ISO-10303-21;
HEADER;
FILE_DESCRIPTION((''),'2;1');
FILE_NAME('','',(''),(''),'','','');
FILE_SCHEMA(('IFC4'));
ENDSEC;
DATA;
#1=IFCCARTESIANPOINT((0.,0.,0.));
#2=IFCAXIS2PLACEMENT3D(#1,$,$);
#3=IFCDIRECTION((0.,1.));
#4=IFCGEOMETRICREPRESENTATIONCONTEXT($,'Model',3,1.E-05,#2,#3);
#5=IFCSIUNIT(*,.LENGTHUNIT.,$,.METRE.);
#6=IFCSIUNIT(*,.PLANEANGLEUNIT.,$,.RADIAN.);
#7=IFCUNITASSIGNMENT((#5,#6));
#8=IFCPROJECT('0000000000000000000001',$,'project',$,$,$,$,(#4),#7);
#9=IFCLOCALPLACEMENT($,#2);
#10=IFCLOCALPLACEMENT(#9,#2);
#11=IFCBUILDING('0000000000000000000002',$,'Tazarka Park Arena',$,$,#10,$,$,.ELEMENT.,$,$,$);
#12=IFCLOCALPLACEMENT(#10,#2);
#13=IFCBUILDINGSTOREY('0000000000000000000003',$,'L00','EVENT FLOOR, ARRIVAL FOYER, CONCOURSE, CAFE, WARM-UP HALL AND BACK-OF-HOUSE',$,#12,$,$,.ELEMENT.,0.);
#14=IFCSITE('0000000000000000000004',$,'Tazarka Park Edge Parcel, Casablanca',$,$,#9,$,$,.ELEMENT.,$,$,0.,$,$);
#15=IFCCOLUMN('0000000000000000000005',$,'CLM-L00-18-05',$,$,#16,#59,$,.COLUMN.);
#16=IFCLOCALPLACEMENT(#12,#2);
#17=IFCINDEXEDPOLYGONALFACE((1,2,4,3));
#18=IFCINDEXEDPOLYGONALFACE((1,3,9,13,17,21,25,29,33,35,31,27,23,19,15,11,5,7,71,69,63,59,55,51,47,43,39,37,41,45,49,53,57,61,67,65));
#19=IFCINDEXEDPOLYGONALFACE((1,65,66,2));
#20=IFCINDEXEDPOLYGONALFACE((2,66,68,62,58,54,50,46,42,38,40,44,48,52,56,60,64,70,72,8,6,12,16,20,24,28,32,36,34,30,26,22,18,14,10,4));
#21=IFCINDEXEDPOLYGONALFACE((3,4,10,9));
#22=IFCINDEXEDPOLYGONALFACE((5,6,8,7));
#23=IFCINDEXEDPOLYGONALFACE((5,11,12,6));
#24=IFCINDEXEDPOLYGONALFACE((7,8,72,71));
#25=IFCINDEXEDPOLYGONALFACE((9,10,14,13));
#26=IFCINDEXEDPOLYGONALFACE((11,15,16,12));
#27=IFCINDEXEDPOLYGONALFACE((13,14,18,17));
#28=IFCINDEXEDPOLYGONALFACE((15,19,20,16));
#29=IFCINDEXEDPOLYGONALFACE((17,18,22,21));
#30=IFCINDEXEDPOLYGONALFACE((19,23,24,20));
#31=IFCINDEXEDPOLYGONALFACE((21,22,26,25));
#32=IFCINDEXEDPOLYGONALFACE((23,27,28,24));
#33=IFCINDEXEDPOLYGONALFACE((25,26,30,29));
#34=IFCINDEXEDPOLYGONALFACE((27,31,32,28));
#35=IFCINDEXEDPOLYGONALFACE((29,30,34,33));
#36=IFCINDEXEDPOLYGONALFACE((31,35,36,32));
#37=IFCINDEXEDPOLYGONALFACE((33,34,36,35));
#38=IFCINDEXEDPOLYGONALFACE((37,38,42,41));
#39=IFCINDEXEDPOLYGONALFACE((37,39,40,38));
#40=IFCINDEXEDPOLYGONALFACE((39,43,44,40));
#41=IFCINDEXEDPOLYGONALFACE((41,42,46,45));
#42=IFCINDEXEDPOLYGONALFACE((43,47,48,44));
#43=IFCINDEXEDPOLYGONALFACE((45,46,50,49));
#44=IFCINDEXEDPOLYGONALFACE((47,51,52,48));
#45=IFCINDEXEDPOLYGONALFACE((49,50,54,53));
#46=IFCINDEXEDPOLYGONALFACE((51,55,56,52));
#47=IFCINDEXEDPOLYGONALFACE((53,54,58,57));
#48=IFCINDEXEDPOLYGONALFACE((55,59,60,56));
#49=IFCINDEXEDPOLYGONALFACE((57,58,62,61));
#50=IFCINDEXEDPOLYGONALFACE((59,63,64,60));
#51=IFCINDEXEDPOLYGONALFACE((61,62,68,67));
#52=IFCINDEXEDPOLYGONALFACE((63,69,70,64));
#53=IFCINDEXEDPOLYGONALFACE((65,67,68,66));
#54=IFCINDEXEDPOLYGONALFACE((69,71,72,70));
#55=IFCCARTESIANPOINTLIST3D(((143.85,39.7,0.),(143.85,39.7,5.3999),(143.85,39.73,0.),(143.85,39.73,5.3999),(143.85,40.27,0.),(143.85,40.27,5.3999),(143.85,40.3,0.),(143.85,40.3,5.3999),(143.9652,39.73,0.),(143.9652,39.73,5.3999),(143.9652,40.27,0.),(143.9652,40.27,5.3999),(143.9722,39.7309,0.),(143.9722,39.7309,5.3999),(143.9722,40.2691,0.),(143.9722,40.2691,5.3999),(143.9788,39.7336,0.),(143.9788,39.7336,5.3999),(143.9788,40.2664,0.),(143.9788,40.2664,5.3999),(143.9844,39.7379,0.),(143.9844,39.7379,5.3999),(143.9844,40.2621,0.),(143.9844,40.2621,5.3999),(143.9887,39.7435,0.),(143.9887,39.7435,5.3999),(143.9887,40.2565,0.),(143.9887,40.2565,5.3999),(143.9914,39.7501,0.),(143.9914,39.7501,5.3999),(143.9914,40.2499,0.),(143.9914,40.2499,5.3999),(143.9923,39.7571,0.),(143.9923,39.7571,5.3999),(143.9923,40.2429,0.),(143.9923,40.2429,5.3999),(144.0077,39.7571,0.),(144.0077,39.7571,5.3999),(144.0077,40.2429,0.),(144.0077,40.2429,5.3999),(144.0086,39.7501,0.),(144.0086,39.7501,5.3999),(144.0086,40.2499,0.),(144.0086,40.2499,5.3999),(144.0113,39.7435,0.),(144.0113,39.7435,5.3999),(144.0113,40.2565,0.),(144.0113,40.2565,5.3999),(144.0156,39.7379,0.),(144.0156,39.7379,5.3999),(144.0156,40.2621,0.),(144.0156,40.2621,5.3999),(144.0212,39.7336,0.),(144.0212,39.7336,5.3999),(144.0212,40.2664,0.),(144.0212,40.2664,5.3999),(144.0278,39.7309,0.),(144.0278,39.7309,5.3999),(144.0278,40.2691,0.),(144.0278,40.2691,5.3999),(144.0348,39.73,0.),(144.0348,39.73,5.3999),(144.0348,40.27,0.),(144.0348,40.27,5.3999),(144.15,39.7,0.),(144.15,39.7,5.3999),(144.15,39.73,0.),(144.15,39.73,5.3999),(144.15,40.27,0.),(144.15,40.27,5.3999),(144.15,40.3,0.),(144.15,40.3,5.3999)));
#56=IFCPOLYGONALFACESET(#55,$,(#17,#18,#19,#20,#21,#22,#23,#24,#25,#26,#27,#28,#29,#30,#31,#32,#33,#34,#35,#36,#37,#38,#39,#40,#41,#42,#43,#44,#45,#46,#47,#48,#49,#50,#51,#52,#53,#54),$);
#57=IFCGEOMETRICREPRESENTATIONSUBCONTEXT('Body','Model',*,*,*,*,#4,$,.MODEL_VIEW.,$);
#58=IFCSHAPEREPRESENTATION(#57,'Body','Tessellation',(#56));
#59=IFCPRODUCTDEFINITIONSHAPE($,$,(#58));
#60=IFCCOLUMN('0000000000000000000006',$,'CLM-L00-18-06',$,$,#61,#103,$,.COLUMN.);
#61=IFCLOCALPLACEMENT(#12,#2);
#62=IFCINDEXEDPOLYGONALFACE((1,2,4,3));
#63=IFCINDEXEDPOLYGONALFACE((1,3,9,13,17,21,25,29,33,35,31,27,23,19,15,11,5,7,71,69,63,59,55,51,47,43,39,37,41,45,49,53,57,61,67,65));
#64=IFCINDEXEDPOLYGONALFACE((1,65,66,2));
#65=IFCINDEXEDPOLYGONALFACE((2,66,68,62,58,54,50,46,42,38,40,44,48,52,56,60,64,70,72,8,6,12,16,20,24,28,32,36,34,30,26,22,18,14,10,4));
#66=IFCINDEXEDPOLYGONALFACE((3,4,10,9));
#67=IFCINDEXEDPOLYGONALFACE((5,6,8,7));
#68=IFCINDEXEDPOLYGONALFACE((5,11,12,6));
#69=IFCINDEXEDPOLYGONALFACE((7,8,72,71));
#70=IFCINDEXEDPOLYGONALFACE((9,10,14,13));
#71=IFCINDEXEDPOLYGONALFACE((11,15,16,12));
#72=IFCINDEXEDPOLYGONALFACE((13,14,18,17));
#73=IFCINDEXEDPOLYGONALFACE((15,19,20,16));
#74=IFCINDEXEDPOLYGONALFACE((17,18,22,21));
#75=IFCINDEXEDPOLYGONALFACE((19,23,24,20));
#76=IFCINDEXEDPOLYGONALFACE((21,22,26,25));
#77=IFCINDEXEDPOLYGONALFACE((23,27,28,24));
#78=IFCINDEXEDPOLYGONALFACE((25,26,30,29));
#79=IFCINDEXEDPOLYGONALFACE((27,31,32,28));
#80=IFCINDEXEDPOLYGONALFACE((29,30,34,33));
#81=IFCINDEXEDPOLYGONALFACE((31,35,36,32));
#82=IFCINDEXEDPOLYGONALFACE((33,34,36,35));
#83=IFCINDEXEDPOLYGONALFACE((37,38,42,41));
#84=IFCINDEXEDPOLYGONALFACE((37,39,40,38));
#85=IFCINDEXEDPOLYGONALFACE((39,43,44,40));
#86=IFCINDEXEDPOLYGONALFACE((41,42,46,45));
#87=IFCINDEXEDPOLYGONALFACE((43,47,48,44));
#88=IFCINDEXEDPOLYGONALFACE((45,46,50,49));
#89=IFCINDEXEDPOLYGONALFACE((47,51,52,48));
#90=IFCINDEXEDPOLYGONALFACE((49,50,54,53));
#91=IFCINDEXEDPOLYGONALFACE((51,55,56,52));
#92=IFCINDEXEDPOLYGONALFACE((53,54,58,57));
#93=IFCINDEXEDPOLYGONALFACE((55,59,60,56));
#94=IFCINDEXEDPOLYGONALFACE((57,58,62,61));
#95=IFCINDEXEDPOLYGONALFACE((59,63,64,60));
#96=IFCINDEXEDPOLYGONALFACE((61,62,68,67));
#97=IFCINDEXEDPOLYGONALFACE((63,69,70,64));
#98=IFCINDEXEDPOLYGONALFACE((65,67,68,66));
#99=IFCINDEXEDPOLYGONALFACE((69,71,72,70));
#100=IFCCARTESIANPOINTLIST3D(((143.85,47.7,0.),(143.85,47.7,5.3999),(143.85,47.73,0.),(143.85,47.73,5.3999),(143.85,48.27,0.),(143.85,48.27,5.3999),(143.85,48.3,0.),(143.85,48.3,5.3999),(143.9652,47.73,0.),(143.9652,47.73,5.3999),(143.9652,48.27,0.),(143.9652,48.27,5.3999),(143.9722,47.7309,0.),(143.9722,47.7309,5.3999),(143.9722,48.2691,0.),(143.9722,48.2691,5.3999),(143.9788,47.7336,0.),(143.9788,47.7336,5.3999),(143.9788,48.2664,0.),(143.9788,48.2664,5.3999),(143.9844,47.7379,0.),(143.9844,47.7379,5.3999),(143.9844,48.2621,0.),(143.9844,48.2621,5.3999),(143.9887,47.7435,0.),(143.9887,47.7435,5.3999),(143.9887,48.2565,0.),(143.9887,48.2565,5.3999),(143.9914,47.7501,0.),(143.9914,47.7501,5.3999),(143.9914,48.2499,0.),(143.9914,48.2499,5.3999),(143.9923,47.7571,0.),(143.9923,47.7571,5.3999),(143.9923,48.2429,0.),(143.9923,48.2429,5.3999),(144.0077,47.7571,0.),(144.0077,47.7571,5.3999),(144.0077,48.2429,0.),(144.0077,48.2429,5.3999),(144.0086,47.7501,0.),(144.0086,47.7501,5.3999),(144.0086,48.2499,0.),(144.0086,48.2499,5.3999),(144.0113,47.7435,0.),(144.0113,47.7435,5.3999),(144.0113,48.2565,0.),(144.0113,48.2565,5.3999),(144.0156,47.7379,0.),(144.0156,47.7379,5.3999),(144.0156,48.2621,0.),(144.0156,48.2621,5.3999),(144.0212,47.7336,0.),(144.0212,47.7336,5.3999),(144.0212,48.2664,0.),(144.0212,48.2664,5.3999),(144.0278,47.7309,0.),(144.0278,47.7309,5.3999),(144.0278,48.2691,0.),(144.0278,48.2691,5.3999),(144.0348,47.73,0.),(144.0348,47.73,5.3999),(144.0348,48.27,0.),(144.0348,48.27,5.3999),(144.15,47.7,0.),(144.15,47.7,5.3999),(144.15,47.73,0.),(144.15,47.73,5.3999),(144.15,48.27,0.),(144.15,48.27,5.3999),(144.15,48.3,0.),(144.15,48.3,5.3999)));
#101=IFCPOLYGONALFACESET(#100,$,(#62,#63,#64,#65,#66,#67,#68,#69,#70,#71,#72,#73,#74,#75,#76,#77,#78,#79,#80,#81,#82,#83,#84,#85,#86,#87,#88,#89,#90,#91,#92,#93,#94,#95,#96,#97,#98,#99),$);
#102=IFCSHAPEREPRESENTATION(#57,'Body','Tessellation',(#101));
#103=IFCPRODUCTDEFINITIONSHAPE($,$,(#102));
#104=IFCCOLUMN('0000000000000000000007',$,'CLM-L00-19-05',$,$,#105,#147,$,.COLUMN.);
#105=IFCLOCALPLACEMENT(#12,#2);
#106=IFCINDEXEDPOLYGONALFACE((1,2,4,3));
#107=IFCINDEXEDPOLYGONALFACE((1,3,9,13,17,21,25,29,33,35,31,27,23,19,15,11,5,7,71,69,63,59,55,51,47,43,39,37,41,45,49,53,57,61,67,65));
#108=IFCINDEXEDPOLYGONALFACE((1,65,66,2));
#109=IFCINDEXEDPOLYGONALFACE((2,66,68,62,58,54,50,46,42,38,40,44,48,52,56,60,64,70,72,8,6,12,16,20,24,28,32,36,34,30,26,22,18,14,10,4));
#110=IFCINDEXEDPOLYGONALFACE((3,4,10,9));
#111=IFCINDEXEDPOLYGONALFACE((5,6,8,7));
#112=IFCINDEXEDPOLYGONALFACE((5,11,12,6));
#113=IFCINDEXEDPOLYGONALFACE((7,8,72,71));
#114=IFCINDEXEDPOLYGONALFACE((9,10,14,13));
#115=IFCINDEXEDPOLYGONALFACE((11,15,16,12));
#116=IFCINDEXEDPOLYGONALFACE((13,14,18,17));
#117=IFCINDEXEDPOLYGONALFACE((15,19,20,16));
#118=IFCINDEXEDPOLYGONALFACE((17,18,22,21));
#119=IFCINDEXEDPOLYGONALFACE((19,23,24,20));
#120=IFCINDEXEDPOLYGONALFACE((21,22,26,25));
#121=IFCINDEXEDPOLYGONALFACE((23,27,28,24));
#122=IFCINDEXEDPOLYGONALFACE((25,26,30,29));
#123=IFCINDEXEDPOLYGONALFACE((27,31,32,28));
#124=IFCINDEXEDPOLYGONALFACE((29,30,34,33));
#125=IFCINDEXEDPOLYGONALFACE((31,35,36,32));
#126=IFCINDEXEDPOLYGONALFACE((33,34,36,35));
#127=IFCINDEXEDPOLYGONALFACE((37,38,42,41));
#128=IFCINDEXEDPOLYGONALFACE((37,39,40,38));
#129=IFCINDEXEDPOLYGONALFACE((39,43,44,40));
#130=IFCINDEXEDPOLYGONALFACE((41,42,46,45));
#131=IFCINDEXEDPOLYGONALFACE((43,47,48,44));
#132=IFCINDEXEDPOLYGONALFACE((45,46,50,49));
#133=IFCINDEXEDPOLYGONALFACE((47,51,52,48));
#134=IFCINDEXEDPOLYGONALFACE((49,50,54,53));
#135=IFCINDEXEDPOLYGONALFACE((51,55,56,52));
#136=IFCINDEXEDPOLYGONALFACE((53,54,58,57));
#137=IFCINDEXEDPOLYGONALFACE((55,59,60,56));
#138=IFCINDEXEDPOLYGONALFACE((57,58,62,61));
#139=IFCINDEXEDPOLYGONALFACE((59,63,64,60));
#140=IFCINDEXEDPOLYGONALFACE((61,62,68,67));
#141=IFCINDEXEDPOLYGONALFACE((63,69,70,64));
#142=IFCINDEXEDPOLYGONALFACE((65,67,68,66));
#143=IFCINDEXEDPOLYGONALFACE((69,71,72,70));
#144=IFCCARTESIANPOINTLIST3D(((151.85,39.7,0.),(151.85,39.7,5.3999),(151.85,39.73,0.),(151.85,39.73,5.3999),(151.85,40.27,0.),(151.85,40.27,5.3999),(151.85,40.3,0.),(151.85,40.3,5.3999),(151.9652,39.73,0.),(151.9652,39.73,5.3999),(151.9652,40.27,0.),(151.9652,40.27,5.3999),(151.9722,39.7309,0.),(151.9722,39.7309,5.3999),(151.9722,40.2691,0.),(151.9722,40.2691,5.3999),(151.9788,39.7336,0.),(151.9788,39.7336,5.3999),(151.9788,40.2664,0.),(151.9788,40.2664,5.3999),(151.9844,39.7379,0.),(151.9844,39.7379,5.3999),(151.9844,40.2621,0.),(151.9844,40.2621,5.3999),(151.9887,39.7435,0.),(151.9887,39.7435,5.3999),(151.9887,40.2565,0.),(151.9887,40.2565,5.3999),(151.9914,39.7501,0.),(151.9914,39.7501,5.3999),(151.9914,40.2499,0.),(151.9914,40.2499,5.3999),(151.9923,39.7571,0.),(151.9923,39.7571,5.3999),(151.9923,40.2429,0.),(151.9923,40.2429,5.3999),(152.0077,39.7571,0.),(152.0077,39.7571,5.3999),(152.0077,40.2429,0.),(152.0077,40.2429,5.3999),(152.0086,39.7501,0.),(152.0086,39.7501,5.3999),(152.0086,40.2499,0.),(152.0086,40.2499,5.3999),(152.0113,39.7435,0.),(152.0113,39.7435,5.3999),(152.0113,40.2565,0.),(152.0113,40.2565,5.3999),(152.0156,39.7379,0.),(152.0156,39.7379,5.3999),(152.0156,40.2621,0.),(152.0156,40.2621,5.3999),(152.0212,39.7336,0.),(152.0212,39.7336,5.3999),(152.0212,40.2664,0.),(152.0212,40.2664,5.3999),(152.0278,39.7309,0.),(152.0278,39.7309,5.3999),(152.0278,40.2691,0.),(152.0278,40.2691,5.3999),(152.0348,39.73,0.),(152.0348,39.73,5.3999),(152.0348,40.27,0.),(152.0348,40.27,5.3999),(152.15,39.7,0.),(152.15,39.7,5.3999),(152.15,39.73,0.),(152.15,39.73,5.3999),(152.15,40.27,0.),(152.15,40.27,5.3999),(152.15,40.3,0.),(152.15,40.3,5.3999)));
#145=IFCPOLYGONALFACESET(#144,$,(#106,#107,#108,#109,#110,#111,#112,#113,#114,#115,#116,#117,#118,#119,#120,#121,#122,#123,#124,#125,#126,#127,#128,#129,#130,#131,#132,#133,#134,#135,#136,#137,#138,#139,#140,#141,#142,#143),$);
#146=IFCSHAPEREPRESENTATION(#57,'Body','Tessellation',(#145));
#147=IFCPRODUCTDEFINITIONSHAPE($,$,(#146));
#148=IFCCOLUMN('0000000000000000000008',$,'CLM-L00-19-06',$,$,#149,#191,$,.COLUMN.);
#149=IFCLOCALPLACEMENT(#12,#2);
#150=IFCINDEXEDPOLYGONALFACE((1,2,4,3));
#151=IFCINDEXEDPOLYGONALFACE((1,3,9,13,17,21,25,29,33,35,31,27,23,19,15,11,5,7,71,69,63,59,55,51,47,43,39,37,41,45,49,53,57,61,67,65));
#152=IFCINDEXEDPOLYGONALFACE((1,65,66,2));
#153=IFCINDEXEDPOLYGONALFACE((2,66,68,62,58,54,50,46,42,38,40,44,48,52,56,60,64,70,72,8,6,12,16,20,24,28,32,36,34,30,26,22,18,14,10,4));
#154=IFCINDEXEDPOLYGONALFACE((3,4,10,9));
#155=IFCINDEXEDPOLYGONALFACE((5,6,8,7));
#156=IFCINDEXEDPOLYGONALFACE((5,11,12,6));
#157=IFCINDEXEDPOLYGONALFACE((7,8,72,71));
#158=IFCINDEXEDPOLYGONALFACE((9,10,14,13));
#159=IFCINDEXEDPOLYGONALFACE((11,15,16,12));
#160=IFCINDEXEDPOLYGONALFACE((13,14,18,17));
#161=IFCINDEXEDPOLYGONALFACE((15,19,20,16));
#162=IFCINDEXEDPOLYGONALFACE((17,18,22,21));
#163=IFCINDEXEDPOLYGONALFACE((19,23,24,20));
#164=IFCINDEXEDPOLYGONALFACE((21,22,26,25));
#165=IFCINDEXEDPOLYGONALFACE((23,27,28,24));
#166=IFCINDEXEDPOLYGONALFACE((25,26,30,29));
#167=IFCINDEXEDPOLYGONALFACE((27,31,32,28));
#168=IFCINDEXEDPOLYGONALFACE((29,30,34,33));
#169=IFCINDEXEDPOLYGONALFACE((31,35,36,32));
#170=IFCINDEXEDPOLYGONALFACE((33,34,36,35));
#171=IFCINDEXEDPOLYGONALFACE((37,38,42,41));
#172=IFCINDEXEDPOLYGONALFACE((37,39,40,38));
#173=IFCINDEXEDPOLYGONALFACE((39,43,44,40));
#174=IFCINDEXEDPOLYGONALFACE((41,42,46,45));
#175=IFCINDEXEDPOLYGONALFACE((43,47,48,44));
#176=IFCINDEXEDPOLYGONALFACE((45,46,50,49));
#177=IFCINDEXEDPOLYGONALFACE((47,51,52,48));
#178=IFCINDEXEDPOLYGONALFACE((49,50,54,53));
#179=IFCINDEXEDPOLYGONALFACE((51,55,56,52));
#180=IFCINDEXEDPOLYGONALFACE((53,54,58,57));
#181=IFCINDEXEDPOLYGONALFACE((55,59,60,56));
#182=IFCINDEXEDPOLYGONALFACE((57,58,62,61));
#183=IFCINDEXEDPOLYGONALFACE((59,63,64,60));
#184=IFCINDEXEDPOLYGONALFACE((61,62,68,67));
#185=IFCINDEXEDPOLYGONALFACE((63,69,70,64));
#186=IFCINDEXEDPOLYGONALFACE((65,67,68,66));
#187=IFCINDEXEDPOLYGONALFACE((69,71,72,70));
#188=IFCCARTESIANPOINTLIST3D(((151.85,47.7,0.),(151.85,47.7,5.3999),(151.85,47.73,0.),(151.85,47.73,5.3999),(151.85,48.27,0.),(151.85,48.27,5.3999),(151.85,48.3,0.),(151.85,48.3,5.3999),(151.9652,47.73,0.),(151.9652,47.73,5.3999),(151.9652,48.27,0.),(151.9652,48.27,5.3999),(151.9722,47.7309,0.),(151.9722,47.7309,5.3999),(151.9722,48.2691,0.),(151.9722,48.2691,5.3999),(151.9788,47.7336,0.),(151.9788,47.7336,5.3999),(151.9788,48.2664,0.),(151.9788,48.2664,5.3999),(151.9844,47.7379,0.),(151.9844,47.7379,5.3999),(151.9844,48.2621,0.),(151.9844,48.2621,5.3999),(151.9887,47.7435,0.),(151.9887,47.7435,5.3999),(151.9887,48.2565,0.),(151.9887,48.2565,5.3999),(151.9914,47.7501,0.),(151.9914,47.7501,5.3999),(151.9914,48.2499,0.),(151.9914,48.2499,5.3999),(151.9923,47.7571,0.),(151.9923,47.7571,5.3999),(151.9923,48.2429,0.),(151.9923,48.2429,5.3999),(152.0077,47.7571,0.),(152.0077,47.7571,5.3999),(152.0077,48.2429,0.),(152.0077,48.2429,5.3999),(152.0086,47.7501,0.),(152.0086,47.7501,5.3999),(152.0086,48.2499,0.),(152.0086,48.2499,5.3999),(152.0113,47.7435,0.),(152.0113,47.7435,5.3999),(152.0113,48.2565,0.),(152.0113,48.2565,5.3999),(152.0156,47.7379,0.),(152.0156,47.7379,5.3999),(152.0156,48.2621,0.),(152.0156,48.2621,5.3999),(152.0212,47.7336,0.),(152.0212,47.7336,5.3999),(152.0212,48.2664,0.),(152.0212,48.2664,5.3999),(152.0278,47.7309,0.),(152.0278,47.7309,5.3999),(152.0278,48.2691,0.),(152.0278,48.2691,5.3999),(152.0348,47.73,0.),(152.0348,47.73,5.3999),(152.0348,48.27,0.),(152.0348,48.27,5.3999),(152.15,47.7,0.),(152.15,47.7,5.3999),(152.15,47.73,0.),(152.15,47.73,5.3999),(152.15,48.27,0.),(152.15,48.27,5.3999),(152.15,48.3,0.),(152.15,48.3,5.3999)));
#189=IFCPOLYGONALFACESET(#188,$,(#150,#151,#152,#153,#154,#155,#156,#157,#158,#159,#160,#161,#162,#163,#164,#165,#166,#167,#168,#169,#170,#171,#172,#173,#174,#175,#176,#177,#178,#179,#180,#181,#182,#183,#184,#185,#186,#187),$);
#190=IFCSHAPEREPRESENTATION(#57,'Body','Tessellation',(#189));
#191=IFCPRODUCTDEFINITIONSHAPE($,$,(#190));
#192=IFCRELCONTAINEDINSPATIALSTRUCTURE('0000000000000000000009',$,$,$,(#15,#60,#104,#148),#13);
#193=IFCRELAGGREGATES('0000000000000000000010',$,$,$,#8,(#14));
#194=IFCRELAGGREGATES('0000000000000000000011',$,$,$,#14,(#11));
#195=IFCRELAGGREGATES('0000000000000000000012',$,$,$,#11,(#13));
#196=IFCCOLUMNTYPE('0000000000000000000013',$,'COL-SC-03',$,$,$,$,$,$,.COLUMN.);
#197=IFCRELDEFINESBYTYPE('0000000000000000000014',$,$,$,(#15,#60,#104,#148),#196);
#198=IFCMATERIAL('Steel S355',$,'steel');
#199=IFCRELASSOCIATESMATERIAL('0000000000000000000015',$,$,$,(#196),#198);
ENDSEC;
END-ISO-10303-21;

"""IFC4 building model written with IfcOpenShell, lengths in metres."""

from ifc_helpers import new_model, si_unit, direction, frame, origin, origin_2d, place, context, subcontext, project, spatial, i_section, extrude, material, material_profile, profile_set, type_object, element, save


model = new_model("IFC4")

# Units and contexts
model_context = context("Model", 3, precision=1e-05, world=origin(), true_north=direction((0.0, 1.0)))
body_context = subcontext(model_context, "Body", "Model", "MODEL_VIEW")
ifc_project = project(units=[si_unit("LENGTHUNIT", "METRE"), si_unit("PLANEANGLEUNIT", "RADIAN")], contexts=[model_context])

# Site, building, storey
site_placement = place(None, origin())
site = spatial("IfcSite", under=ifc_project, at=site_placement, Name="Tazarka Park Edge Parcel, Casablanca", CompositionType="ELEMENT", RefElevation=0.0)
building_placement = place(site_placement, origin())
building = spatial("IfcBuilding", under=site, at=building_placement, Name="Tazarka Park Arena", CompositionType="ELEMENT")
storey_placement = place(building_placement, origin())
storey = spatial("IfcBuildingStorey", under=building, at=storey_placement, Name="L00", Description="EVENT FLOOR, ARRIVAL FOYER, CONCOURSE, CAFE, WARM-UP HALL AND BACK-OF-HOUSE", CompositionType="ELEMENT", Elevation=0.0)

# Columns
ifc_material_1 = material(Name="Steel S355", Category="steel")
ifc_material_profile_1 = material_profile(ifc_material_1, i_section(OverallWidth=0.3, OverallDepth=0.6001, WebThickness=0.0154, FlangeThickness=0.03, FilletRadius=0.0271, at=origin_2d()), Name="Steel S355")
ifc_profile_set_1 = profile_set([ifc_material_profile_1], Name="Steel S355")
column_type_1 = type_object("IfcColumnType", Name="COL-SC-03", PredefinedType="COLUMN", material=ifc_profile_set_1)
for number, where, z_axis, x_axis, name in (
    (1, (144.0, 40.0, 0.0), (0.0, 0.0, 1.0), (1.0, 0.0, 0.0), "CLM-L00-18-05"),
    (2, (144.0, 48.0, 0.0), (0.0, 0.0, 1.0), (1.0, 0.0, 0.0), "CLM-L00-18-06"),
    (3, (152.0, 40.0, 0.0), (0.0, 0.0, 1.0), (1.0, 0.0, 0.0), "CLM-L00-19-05"),
    (4, (152.0, 48.0, 0.0), (0.0, 0.0, 1.0), (1.0, 0.0, 0.0), "CLM-L00-19-06"),
):
    element("IfcColumn", number, at=place(storey_placement, frame(where, z_axis=z_axis, x_axis=x_axis)), inside=storey, type_object=column_type_1, Name=name, PredefinedType="COLUMN", context=body_context, shape_type="SweptSolid", body=[
        extrude(i_section(OverallWidth=0.3, OverallDepth=0.6001, WebThickness=0.0154, FlangeThickness=0.03, FilletRadius=0.0271, at=origin_2d()), origin(), (0.0, 0.0, 1.0), 5.3999),
    ])

save(model, "model.ifc")
